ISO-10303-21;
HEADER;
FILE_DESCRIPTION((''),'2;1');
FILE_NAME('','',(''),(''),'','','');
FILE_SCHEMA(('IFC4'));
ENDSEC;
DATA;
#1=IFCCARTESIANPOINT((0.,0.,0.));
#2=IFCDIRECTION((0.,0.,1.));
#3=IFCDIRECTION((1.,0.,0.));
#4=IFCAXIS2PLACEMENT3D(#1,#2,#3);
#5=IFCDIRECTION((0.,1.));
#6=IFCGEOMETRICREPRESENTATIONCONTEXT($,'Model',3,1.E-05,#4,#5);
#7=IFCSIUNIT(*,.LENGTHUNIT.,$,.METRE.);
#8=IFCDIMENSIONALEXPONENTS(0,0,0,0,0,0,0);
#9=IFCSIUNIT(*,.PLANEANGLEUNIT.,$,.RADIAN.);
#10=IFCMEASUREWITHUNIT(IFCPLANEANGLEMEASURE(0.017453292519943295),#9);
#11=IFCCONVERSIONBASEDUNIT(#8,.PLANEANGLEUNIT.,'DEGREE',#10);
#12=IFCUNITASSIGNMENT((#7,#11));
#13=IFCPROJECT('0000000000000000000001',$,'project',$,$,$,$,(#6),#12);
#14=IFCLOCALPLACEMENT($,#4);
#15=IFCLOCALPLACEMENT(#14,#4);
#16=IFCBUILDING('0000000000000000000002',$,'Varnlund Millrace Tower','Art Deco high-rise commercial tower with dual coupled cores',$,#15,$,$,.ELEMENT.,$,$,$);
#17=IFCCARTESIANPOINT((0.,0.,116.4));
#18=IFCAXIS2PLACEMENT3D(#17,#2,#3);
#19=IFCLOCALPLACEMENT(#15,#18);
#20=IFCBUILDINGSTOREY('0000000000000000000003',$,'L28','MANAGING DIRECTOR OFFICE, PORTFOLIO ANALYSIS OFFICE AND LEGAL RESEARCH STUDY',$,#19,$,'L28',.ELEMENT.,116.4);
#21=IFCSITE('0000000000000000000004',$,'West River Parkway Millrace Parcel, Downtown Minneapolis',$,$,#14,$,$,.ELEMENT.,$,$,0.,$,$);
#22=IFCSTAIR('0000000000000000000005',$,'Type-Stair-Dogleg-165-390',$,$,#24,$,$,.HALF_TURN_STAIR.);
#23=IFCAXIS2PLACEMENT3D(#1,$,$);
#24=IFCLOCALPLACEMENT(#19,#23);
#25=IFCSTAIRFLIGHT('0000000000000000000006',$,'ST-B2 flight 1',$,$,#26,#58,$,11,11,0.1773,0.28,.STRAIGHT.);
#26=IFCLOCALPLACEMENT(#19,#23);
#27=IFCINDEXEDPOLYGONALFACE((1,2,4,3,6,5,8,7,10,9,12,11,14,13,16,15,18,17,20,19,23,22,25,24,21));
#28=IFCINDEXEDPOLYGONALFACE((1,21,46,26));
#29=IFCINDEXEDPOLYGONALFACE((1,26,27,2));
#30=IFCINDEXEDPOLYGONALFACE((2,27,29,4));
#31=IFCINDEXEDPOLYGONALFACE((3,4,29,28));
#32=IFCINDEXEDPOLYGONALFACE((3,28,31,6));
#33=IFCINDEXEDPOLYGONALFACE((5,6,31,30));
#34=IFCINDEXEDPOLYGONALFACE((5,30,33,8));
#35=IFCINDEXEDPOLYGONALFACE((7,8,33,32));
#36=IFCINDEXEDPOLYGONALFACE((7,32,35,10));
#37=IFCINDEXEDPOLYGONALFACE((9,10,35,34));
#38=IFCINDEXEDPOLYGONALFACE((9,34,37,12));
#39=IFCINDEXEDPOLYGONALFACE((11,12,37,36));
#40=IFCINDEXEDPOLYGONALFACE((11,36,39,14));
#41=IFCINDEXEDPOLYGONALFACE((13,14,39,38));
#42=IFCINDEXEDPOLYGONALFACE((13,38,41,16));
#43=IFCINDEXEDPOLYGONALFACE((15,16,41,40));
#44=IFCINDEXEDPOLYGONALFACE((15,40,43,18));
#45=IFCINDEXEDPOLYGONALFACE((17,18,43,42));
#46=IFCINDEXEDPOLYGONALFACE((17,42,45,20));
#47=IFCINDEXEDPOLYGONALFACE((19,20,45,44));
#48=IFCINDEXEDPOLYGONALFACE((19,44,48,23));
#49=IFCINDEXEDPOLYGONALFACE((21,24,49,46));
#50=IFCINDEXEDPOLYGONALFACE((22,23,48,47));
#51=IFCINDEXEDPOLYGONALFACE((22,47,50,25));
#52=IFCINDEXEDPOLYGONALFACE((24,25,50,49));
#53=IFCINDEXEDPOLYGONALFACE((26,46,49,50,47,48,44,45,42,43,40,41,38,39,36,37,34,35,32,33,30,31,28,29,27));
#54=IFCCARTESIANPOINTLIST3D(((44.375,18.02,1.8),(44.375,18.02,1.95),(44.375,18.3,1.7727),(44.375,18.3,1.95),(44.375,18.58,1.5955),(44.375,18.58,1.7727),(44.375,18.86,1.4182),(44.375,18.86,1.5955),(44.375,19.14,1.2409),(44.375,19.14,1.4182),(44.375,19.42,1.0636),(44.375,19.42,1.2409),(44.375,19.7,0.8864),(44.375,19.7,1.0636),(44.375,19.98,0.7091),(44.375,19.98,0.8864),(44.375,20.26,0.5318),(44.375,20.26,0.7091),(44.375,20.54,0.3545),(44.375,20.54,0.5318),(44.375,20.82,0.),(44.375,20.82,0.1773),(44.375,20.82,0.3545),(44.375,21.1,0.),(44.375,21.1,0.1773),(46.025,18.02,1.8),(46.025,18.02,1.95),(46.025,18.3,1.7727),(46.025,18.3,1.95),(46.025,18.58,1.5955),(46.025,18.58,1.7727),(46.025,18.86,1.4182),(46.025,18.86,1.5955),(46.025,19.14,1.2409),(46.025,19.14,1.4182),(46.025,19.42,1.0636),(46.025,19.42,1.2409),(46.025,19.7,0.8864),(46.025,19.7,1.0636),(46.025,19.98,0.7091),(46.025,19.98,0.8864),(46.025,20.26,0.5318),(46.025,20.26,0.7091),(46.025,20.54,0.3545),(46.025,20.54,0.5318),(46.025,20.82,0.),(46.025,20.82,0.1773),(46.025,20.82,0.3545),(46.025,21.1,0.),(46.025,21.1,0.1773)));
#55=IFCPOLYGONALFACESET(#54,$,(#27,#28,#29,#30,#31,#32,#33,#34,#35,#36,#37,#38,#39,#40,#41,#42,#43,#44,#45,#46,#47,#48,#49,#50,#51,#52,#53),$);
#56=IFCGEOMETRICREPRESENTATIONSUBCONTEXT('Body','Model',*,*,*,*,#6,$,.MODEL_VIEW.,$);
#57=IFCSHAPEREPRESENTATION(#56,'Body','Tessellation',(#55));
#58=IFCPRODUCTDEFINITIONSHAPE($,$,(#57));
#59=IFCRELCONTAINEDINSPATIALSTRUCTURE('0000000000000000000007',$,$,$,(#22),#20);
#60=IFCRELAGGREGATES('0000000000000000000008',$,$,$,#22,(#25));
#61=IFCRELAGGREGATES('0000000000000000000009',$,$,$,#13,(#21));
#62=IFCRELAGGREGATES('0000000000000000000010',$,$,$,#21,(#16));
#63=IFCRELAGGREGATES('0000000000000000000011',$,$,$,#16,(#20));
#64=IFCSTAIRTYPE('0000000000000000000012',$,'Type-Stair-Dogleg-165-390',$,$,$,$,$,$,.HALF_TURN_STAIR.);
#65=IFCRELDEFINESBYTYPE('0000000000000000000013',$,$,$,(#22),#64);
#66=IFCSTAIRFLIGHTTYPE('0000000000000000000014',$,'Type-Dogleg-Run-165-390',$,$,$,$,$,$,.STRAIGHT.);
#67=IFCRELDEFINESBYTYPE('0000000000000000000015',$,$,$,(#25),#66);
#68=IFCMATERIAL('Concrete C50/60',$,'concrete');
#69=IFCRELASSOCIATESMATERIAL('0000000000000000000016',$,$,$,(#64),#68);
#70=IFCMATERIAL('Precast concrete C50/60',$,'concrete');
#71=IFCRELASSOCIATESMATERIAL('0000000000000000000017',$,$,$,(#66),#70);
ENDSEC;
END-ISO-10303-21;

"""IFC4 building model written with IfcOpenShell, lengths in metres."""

from ifc_helpers import new_model, entity, si_unit, converted_unit, direction, frame, origin_with_axes, place, context, subcontext, project, spatial, polyline, outline, extrude, material, type_object, element, aggregate, save


model = new_model("IFC4")

# Units and contexts
model_context = context("Model", 3, precision=1e-05, world=origin_with_axes(), true_north=direction((0.0, 1.0)))
body_context = subcontext(model_context, "Body", "Model", "MODEL_VIEW")
ifc_project = project(units=[si_unit("LENGTHUNIT", "METRE"), converted_unit("PLANEANGLEUNIT", "DEGREE", entity("IfcPlaneAngleMeasure", 0.017453292519943295), si_unit("PLANEANGLEUNIT", "RADIAN"), dimensions=[0, 0, 0, 0, 0, 0, 0])], contexts=[model_context])

# Site, building, storey
site_placement = place(None, origin_with_axes())
site = spatial("IfcSite", under=ifc_project, at=site_placement, Name="West River Parkway Millrace Parcel, Downtown Minneapolis", CompositionType="ELEMENT", RefElevation=0.0)
building_placement = place(site_placement, origin_with_axes())
building = spatial("IfcBuilding", under=site, at=building_placement, Name="Varnlund Millrace Tower", Description="Art Deco high-rise commercial tower with dual coupled cores", CompositionType="ELEMENT")
storey_placement = place(building_placement, frame((0.0, 0.0, 116.4), z_axis=(0.0, 0.0, 1.0), x_axis=(1.0, 0.0, 0.0)))
storey = spatial("IfcBuildingStorey", under=building, at=storey_placement, Name="L28", Description="MANAGING DIRECTOR OFFICE, PORTFOLIO ANALYSIS OFFICE AND LEGAL RESEARCH STUDY", LongName="L28", CompositionType="ELEMENT", Elevation=116.4)

# Stair, stair flight
ifc_material_1 = material(Name="Concrete C50/60", Category="concrete")
stair_type = type_object("IfcStairType", Name="Type-Stair-Dogleg-165-390", PredefinedType="HALF_TURN_STAIR", material=ifc_material_1)
ifc_material_2 = material(Name="Precast concrete C50/60", Category="concrete")
stair_flight_type = type_object("IfcStairFlightType", Name="Type-Dogleg-Run-165-390", PredefinedType="STRAIGHT", material=ifc_material_2)
stair_1_placement = place(storey_placement, origin_with_axes())
stair_1 = element("IfcStair", 1, at=stair_1_placement, inside=storey, type_object=stair_type, Name="Type-Stair-Dogleg-165-390", PredefinedType="HALF_TURN_STAIR")
stair_flight_1_placement = place(storey_placement, frame((46.025, 21.1, 0.0), z_axis=(-1.0, 0.0, 0.0), x_axis=(0.0, -1.0, 0.0)))
stair_flight_1 = element("IfcStairFlight", 2, at=stair_flight_1_placement, type_object=stair_flight_type, Name="ST-B2 flight 1", NumberOfRisers=11, NumberOfTreads=11, PredefinedType="STRAIGHT", RiserHeight=0.1773, TreadLength=0.28, context=body_context, shape_type="SweptSolid", body=[
    extrude(outline(polyline([(0.0, 0.0), (0.0, 0.1773), (0.28, 0.1773), (0.28, 0.3545), (0.56, 0.3545), (0.56, 0.5318), (0.84, 0.5318), (0.84, 0.7091), (1.12, 0.7091), (1.12, 0.8864), (1.4, 0.8864), (1.4, 1.0636), (1.68, 1.0636), (1.68, 1.2409), (1.96, 1.2409), (1.96, 1.4182), (2.24, 1.4182), (2.24, 1.5955), (2.52, 1.5955), (2.52, 1.7727), (2.8, 1.7727), (2.8, 1.95), (3.08, 1.95), (3.08, 1.8), (0.28, 0.0), (0.0, 0.0)])), origin_with_axes(), (0.0, 0.0, 1.0), 1.65),
])
aggregate(stair_1, [stair_flight_1])

save(model, "model.ifc")
